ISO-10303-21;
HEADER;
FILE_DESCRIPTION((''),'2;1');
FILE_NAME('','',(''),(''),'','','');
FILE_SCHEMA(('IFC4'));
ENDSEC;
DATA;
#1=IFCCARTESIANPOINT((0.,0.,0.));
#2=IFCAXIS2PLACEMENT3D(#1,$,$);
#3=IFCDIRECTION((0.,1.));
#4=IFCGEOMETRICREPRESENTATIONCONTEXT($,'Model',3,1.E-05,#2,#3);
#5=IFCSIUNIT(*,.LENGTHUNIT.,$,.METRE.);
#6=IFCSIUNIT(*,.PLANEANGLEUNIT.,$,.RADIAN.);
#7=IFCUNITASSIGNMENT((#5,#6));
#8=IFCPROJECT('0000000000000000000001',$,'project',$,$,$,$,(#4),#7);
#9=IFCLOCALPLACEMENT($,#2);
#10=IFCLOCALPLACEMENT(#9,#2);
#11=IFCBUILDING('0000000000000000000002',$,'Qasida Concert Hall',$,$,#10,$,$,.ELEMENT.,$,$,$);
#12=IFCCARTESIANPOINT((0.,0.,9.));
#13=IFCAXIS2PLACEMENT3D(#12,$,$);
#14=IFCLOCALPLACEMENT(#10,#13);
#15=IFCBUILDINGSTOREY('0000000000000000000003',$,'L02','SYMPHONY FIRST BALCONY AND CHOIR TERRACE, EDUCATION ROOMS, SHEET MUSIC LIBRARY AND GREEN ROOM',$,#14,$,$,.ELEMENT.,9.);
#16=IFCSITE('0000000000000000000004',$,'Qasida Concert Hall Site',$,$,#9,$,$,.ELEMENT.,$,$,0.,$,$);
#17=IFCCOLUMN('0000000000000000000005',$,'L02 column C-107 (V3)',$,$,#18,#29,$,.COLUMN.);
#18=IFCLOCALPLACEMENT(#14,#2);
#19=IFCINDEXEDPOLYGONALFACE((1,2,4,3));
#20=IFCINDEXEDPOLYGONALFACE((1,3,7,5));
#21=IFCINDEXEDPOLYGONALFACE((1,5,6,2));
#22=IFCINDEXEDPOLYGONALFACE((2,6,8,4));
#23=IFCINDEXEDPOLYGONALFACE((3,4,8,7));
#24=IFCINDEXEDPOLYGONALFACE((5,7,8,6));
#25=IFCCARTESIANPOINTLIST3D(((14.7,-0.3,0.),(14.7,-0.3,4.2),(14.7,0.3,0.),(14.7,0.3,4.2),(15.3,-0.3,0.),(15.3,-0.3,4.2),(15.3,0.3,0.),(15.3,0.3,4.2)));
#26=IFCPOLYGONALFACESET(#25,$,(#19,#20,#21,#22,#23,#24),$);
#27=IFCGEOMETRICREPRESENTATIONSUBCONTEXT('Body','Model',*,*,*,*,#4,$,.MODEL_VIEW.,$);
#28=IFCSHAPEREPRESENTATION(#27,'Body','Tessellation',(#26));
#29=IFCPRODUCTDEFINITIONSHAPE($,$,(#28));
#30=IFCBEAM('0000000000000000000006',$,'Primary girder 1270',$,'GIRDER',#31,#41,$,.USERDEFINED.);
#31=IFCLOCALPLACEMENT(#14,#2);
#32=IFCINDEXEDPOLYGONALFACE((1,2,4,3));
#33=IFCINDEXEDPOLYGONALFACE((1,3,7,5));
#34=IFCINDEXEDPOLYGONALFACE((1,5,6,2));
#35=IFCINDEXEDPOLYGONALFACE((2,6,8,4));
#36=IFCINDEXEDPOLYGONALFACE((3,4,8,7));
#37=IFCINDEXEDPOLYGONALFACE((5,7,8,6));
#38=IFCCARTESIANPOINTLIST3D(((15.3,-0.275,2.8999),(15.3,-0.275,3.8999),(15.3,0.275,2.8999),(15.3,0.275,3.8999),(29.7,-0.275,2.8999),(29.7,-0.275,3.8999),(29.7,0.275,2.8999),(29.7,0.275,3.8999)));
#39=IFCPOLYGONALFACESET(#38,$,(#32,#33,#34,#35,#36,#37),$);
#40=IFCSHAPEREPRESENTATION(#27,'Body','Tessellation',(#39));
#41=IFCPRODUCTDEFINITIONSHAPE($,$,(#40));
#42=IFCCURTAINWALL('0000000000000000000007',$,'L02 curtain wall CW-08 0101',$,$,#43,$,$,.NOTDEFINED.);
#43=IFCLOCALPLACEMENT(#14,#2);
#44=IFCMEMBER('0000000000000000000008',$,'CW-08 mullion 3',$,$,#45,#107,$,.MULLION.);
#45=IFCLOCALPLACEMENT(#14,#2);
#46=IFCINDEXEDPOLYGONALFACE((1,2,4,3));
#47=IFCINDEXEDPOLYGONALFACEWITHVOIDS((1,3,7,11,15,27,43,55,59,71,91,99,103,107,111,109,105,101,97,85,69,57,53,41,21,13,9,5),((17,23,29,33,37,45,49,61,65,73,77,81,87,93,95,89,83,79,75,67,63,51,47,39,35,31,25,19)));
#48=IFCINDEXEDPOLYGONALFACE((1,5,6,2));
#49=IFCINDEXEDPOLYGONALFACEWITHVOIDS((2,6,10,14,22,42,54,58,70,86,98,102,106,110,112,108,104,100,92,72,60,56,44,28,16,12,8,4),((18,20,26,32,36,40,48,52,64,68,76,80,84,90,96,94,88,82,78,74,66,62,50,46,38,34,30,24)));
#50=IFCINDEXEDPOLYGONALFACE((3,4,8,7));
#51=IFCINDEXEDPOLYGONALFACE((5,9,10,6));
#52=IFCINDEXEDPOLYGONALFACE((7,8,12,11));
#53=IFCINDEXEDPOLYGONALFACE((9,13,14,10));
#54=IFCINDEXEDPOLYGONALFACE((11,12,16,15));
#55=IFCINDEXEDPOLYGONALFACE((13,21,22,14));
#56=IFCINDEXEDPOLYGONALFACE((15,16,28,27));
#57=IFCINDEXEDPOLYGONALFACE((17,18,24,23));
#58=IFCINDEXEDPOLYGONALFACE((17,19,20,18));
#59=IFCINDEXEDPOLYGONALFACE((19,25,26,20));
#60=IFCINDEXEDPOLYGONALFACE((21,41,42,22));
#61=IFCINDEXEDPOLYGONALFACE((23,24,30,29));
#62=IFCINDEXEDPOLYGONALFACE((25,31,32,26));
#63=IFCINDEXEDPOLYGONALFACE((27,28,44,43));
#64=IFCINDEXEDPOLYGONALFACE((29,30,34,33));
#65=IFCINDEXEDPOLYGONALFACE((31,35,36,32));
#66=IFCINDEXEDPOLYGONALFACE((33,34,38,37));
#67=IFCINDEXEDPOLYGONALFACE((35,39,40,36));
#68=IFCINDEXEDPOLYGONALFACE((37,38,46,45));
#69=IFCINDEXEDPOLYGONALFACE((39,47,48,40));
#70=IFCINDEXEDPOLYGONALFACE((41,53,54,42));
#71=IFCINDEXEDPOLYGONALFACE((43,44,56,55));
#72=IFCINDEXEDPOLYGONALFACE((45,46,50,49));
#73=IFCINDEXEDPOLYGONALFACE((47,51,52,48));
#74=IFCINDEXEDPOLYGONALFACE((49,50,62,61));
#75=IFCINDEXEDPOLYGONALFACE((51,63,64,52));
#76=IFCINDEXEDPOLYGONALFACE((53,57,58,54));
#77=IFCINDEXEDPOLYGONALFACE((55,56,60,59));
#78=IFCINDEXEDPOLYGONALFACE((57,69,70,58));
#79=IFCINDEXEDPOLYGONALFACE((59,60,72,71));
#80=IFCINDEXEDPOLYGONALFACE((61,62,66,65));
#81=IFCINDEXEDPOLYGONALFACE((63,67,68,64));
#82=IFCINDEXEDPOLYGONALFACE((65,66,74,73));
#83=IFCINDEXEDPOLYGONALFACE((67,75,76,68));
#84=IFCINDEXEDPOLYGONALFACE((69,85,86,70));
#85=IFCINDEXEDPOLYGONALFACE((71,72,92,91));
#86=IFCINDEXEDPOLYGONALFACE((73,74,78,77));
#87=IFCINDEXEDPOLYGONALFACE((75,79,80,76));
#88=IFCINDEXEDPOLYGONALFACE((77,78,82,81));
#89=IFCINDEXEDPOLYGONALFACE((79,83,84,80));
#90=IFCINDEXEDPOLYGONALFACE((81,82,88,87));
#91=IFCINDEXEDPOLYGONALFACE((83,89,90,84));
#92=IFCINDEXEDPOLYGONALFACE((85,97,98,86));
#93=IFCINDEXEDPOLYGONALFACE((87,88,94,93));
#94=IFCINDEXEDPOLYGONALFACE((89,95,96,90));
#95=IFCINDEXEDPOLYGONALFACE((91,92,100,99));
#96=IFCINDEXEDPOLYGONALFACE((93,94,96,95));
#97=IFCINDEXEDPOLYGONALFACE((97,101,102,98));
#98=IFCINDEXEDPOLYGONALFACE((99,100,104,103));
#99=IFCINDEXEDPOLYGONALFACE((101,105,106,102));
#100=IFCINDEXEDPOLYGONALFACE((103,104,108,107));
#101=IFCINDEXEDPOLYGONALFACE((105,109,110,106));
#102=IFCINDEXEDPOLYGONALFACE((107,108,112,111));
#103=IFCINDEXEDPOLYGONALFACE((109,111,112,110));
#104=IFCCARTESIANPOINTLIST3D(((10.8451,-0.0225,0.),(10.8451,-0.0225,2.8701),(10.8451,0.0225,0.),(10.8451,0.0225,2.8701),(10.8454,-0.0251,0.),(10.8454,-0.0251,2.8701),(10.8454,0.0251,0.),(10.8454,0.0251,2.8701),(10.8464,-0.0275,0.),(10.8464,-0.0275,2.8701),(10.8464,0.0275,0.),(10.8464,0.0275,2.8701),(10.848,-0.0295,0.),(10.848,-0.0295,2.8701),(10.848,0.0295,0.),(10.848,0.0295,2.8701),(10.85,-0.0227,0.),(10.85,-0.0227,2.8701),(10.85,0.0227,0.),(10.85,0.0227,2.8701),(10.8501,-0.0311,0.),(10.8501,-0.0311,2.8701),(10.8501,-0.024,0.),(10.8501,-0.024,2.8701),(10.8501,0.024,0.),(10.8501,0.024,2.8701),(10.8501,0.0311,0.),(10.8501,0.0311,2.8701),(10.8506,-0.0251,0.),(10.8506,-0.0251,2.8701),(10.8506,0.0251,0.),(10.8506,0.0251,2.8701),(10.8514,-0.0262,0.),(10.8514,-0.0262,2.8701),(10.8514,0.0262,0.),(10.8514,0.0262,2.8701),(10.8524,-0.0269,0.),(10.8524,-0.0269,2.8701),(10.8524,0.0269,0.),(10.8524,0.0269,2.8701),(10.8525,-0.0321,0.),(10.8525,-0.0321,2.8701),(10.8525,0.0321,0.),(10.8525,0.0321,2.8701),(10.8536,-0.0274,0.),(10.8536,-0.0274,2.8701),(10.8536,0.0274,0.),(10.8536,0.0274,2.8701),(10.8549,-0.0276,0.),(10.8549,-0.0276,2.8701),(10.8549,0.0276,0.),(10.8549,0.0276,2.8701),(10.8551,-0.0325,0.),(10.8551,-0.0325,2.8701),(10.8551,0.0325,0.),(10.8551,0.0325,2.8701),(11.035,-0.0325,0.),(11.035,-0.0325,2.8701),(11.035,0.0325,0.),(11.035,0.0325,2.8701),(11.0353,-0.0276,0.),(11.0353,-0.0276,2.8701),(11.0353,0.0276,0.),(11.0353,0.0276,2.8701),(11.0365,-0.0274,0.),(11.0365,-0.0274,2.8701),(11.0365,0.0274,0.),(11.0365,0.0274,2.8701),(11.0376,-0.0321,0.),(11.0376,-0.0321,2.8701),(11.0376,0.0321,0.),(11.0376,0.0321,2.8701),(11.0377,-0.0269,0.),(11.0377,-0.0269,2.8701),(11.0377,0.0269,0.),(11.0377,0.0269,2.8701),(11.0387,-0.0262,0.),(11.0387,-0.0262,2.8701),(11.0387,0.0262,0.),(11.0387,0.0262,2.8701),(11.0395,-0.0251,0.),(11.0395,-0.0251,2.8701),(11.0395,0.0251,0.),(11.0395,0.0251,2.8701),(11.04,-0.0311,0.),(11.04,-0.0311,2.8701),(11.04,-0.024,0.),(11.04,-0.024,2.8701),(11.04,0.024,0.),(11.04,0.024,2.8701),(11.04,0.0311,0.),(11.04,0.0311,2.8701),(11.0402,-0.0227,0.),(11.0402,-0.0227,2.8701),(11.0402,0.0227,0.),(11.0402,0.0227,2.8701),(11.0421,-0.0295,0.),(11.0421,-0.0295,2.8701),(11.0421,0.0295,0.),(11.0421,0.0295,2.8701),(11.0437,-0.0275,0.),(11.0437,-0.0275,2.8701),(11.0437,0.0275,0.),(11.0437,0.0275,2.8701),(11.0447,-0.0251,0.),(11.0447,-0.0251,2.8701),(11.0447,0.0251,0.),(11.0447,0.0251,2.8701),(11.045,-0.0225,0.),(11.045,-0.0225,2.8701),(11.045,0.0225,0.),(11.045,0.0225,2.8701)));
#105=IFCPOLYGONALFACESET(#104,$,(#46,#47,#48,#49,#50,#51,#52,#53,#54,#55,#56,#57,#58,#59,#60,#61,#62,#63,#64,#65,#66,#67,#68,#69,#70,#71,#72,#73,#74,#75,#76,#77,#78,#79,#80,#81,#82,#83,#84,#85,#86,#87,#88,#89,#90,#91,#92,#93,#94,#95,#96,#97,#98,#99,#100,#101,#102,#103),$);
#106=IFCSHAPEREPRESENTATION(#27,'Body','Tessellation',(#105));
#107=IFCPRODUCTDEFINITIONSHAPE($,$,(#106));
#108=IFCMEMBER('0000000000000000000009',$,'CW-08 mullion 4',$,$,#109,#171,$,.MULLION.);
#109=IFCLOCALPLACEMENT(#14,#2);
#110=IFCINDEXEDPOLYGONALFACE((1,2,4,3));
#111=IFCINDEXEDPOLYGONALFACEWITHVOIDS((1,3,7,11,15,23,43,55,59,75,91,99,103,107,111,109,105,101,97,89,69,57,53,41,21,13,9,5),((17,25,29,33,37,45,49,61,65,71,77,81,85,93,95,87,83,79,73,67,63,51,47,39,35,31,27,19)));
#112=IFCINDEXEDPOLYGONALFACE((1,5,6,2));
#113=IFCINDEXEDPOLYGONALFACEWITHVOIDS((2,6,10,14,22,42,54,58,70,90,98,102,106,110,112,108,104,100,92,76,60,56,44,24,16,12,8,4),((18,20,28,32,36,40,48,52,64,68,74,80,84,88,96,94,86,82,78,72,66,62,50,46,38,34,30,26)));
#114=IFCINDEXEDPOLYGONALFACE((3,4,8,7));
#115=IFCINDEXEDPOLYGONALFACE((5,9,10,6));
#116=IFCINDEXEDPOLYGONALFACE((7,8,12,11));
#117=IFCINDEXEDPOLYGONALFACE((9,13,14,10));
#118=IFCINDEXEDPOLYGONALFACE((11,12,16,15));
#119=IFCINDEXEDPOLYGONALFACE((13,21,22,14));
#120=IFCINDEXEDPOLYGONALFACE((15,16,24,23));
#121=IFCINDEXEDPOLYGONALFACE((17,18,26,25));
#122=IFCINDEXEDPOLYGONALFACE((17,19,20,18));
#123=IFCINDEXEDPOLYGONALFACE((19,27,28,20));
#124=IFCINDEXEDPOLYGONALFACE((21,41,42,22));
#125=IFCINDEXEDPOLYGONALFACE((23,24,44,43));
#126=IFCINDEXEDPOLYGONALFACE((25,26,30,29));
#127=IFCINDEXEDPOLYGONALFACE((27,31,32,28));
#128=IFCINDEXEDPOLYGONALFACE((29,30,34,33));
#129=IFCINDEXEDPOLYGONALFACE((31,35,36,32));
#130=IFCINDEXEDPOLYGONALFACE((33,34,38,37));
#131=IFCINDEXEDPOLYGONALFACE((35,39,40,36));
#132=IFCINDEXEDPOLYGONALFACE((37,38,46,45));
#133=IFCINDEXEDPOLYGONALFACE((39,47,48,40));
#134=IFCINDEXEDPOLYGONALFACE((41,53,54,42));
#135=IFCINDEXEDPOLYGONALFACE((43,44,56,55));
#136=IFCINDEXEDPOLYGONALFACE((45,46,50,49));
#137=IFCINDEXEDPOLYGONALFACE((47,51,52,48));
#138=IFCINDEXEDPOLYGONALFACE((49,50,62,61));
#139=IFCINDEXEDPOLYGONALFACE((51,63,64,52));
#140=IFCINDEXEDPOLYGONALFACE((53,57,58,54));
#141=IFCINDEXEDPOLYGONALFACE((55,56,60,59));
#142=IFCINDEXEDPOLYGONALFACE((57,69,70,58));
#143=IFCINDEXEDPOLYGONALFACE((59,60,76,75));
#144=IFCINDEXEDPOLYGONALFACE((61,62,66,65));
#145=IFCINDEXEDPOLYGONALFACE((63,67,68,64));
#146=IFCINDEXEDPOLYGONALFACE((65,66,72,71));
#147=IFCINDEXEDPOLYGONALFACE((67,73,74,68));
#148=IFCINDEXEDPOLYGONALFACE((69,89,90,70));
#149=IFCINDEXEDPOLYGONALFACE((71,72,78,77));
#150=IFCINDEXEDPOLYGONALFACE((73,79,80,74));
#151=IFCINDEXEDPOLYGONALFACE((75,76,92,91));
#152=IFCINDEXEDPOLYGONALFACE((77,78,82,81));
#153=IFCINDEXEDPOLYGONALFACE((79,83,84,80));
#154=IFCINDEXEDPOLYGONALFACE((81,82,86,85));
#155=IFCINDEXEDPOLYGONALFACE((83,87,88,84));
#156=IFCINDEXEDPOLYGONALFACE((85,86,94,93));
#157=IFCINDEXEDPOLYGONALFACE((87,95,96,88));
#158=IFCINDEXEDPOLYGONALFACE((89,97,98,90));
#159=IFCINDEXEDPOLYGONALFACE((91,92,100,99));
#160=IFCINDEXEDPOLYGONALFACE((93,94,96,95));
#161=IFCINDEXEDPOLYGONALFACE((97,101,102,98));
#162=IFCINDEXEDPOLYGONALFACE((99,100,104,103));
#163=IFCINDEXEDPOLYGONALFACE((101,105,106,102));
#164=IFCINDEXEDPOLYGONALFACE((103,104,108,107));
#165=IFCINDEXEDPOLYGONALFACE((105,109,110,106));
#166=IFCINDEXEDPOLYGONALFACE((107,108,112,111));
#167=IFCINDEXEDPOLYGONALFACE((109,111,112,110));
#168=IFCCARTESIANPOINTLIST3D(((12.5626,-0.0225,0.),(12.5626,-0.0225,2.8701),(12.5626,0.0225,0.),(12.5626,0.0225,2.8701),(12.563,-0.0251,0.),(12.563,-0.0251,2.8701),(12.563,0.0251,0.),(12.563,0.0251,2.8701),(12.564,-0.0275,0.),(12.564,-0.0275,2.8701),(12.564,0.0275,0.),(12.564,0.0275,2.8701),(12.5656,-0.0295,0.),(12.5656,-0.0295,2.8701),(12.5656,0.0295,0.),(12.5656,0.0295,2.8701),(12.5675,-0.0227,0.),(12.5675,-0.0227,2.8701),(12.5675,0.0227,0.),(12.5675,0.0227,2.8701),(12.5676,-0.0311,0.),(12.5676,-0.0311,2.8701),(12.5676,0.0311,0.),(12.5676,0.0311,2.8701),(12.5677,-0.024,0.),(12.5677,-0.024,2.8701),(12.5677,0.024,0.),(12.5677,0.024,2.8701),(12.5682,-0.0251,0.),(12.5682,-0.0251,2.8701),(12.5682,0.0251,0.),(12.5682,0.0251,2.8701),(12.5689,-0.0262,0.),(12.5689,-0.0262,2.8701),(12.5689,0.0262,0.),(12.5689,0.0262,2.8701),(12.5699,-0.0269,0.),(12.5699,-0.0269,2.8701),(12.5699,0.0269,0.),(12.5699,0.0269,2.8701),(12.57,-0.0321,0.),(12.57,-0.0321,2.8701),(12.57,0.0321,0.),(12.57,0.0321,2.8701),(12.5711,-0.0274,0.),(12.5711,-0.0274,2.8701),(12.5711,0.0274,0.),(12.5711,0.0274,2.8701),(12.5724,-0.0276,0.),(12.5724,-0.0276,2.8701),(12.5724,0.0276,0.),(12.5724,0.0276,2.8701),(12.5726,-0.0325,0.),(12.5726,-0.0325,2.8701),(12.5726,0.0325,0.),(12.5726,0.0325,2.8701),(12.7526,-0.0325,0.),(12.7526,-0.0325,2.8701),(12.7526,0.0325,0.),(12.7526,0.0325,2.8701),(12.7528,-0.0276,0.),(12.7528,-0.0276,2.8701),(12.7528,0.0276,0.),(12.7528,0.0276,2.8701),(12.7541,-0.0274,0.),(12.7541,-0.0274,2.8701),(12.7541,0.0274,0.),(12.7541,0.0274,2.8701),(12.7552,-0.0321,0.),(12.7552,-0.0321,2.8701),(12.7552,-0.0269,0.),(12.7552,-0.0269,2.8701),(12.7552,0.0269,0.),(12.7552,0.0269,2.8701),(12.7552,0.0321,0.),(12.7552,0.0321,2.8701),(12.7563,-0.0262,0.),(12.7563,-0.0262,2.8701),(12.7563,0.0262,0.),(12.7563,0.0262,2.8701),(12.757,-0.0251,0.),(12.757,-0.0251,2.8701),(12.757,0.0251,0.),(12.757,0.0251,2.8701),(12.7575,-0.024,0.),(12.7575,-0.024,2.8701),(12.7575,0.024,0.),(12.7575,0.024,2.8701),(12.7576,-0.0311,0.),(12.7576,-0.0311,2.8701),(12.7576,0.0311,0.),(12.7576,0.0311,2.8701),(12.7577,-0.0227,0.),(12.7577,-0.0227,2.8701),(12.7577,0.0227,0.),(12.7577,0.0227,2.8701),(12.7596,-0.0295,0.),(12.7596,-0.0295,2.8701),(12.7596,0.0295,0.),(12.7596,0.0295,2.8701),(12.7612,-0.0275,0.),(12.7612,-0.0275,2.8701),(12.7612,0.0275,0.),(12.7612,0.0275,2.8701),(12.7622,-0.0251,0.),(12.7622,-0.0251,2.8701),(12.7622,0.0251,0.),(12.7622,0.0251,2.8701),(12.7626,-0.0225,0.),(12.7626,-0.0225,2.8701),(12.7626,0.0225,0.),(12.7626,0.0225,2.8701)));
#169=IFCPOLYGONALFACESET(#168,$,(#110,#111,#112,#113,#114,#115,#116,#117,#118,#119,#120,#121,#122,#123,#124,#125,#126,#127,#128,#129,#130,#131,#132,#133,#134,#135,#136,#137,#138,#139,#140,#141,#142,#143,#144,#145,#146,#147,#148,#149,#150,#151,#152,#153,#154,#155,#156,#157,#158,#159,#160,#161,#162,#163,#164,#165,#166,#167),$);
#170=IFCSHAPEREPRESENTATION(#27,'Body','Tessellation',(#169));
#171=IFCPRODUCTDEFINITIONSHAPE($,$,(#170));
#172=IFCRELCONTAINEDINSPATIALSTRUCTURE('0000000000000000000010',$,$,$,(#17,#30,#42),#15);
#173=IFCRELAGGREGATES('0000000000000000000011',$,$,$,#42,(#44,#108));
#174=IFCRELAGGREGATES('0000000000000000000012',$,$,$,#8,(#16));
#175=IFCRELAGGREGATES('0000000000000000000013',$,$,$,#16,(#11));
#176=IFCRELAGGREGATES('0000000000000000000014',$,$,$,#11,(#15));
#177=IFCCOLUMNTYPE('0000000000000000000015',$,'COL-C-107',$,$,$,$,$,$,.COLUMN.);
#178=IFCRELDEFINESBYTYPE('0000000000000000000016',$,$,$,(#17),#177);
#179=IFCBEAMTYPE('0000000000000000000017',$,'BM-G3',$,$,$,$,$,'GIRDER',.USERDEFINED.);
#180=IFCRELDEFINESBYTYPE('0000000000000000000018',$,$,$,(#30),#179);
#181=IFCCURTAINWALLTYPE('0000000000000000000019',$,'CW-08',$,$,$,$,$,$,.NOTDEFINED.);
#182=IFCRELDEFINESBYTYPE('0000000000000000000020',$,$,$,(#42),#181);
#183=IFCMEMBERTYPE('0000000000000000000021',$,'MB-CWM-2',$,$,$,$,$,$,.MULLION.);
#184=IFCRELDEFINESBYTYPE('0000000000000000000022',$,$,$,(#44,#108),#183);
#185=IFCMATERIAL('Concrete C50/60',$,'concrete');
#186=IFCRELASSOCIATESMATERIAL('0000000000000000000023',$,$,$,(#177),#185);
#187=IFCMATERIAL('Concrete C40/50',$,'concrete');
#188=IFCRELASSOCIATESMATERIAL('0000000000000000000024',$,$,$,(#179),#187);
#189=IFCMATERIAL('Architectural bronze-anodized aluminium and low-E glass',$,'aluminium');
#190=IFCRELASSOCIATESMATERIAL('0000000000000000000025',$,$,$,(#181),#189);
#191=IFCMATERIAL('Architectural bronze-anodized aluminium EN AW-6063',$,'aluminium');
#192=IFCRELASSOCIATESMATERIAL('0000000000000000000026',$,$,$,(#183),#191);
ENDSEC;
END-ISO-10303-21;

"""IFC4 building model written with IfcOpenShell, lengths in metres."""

from ifc_helpers import new_model, si_unit, direction, frame, origin, origin_2d, place, context, subcontext, project, spatial, rectangle, hollow_rectangle, extrude, material, material_profile, profile_set, type_object, element, aggregate, save


model = new_model("IFC4")

# Units and contexts
model_context = context("Model", 3, precision=1e-05, world=origin(), true_north=direction((0.0, 1.0)))
body_context = subcontext(model_context, "Body", "Model", "MODEL_VIEW")
ifc_project = project(units=[si_unit("LENGTHUNIT", "METRE"), si_unit("PLANEANGLEUNIT", "RADIAN")], contexts=[model_context])

# Site, building, storey
site_placement = place(None, origin())
site = spatial("IfcSite", under=ifc_project, at=site_placement, Name="Qasida Concert Hall Site", CompositionType="ELEMENT", RefElevation=0.0)
building_placement = place(site_placement, origin())
building = spatial("IfcBuilding", under=site, at=building_placement, Name="Qasida Concert Hall", CompositionType="ELEMENT")
storey_placement = place(building_placement, frame((0.0, 0.0, 9.0)))
storey = spatial("IfcBuildingStorey", under=building, at=storey_placement, Name="L02", Description="SYMPHONY FIRST BALCONY AND CHOIR TERRACE, EDUCATION ROOMS, SHEET MUSIC LIBRARY AND GREEN ROOM", CompositionType="ELEMENT", Elevation=9.0)

# Column
ifc_material_1 = material(Name="Concrete C50/60", Category="concrete")
ifc_material_profile_1 = material_profile(ifc_material_1, rectangle(XDim=0.6001, YDim=0.6001, at=origin_2d()), Name="RC 600x600")
ifc_profile_set_1 = profile_set([ifc_material_profile_1], Name="Concrete C50/60")
column_type = type_object("IfcColumnType", Name="COL-C-107", PredefinedType="COLUMN", material=ifc_profile_set_1)
column_placement = place(storey_placement, frame((15.0, 0.0, 0.0), z_axis=(0.0, 0.0, 1.0), x_axis=(1.0, 0.0, 0.0)))
element("IfcColumn", 1, at=column_placement, inside=storey, type_object=column_type, Name="L02 column C-107 (V3)", PredefinedType="COLUMN", context=body_context, shape_type="SweptSolid", body=[
    extrude(rectangle(XDim=0.6001, YDim=0.6001, at=origin_2d()), origin(), (0.0, 0.0, 1.0), 4.2),
])

# Beam
ifc_material_2 = material(Name="Concrete C40/50", Category="concrete")
ifc_material_profile_2 = material_profile(ifc_material_2, rectangle(XDim=0.55, YDim=1.0, at=origin_2d()), Name="RC 550x1000")
ifc_profile_set_2 = profile_set([ifc_material_profile_2], Name="Concrete C40/50")
beam_type = type_object("IfcBeamType", Name="BM-G3", ElementType="GIRDER", PredefinedType="USERDEFINED", material=ifc_profile_set_2)
beam_placement = place(storey_placement, frame((15.3, 0.0, 3.3999), z_axis=(1.0, 0.0, 0.0), x_axis=(0.0, 1.0, 0.0)))
element("IfcBeam", 2, at=beam_placement, inside=storey, type_object=beam_type, Name="Primary girder 1270", ObjectType="GIRDER", PredefinedType="USERDEFINED", context=body_context, shape_type="SweptSolid", body=[
    extrude(rectangle(XDim=0.55, YDim=1.0, at=origin_2d()), origin(), (0.0, 0.0, 1.0), 14.3999),
])

# Curtain wall, members
ifc_material_3 = material(Name="Architectural bronze-anodized aluminium and low-E glass", Category="aluminium")
curtain_wall_type = type_object("IfcCurtainWallType", Name="CW-08", PredefinedType="NOTDEFINED", material=ifc_material_3)
curtain_wall_placement = place(storey_placement, origin())
curtain_wall = element("IfcCurtainWall", 3, at=curtain_wall_placement, inside=storey, type_object=curtain_wall_type, Name="L02 curtain wall CW-08 0101", PredefinedType="NOTDEFINED")
ifc_material_4 = material(Name="Architectural bronze-anodized aluminium EN AW-6063", Category="aluminium")
ifc_material_profile_3 = material_profile(ifc_material_4, hollow_rectangle(XDim=0.0649, YDim=0.2, WallThickness=0.0049, InnerFilletRadius=0.0049, OuterFilletRadius=0.01, at=origin_2d()), Name="CWM 200x65x5")
ifc_profile_set_3 = profile_set([ifc_material_profile_3], Name="Architectural bronze-anodized aluminium EN AW-6063")
member_type_1 = type_object("IfcMemberType", Name="MB-CWM-2", PredefinedType="MULLION", material=ifc_profile_set_3)
member_1_placement = place(storey_placement, frame((10.9451, 0.0, 0.0), z_axis=(0.0, 0.0, 1.0), x_axis=(0.0, 1.0, 0.0)))
member_1 = element("IfcMember", 4, at=member_1_placement, type_object=member_type_1, Name="CW-08 mullion 3", PredefinedType="MULLION", context=body_context, shape_type="SweptSolid", body=[
    extrude(hollow_rectangle(XDim=0.0649, YDim=0.2, WallThickness=0.0049, InnerFilletRadius=0.0049, OuterFilletRadius=0.01, at=origin_2d()), origin(), (0.0, 0.0, 1.0), 2.8701),
])
member_2_placement = place(storey_placement, frame((12.6626, 0.0, 0.0), z_axis=(0.0, 0.0, 1.0), x_axis=(0.0, 1.0, 0.0)))
member_2 = element("IfcMember", 5, at=member_2_placement, type_object=member_type_1, Name="CW-08 mullion 4", PredefinedType="MULLION", context=body_context, shape_type="SweptSolid", body=[
    extrude(hollow_rectangle(XDim=0.0649, YDim=0.2, WallThickness=0.0049, InnerFilletRadius=0.0049, OuterFilletRadius=0.01, at=origin_2d()), origin(), (0.0, 0.0, 1.0), 2.8701),
])
aggregate(curtain_wall, [member_1, member_2])

save(model, "model.ifc")
